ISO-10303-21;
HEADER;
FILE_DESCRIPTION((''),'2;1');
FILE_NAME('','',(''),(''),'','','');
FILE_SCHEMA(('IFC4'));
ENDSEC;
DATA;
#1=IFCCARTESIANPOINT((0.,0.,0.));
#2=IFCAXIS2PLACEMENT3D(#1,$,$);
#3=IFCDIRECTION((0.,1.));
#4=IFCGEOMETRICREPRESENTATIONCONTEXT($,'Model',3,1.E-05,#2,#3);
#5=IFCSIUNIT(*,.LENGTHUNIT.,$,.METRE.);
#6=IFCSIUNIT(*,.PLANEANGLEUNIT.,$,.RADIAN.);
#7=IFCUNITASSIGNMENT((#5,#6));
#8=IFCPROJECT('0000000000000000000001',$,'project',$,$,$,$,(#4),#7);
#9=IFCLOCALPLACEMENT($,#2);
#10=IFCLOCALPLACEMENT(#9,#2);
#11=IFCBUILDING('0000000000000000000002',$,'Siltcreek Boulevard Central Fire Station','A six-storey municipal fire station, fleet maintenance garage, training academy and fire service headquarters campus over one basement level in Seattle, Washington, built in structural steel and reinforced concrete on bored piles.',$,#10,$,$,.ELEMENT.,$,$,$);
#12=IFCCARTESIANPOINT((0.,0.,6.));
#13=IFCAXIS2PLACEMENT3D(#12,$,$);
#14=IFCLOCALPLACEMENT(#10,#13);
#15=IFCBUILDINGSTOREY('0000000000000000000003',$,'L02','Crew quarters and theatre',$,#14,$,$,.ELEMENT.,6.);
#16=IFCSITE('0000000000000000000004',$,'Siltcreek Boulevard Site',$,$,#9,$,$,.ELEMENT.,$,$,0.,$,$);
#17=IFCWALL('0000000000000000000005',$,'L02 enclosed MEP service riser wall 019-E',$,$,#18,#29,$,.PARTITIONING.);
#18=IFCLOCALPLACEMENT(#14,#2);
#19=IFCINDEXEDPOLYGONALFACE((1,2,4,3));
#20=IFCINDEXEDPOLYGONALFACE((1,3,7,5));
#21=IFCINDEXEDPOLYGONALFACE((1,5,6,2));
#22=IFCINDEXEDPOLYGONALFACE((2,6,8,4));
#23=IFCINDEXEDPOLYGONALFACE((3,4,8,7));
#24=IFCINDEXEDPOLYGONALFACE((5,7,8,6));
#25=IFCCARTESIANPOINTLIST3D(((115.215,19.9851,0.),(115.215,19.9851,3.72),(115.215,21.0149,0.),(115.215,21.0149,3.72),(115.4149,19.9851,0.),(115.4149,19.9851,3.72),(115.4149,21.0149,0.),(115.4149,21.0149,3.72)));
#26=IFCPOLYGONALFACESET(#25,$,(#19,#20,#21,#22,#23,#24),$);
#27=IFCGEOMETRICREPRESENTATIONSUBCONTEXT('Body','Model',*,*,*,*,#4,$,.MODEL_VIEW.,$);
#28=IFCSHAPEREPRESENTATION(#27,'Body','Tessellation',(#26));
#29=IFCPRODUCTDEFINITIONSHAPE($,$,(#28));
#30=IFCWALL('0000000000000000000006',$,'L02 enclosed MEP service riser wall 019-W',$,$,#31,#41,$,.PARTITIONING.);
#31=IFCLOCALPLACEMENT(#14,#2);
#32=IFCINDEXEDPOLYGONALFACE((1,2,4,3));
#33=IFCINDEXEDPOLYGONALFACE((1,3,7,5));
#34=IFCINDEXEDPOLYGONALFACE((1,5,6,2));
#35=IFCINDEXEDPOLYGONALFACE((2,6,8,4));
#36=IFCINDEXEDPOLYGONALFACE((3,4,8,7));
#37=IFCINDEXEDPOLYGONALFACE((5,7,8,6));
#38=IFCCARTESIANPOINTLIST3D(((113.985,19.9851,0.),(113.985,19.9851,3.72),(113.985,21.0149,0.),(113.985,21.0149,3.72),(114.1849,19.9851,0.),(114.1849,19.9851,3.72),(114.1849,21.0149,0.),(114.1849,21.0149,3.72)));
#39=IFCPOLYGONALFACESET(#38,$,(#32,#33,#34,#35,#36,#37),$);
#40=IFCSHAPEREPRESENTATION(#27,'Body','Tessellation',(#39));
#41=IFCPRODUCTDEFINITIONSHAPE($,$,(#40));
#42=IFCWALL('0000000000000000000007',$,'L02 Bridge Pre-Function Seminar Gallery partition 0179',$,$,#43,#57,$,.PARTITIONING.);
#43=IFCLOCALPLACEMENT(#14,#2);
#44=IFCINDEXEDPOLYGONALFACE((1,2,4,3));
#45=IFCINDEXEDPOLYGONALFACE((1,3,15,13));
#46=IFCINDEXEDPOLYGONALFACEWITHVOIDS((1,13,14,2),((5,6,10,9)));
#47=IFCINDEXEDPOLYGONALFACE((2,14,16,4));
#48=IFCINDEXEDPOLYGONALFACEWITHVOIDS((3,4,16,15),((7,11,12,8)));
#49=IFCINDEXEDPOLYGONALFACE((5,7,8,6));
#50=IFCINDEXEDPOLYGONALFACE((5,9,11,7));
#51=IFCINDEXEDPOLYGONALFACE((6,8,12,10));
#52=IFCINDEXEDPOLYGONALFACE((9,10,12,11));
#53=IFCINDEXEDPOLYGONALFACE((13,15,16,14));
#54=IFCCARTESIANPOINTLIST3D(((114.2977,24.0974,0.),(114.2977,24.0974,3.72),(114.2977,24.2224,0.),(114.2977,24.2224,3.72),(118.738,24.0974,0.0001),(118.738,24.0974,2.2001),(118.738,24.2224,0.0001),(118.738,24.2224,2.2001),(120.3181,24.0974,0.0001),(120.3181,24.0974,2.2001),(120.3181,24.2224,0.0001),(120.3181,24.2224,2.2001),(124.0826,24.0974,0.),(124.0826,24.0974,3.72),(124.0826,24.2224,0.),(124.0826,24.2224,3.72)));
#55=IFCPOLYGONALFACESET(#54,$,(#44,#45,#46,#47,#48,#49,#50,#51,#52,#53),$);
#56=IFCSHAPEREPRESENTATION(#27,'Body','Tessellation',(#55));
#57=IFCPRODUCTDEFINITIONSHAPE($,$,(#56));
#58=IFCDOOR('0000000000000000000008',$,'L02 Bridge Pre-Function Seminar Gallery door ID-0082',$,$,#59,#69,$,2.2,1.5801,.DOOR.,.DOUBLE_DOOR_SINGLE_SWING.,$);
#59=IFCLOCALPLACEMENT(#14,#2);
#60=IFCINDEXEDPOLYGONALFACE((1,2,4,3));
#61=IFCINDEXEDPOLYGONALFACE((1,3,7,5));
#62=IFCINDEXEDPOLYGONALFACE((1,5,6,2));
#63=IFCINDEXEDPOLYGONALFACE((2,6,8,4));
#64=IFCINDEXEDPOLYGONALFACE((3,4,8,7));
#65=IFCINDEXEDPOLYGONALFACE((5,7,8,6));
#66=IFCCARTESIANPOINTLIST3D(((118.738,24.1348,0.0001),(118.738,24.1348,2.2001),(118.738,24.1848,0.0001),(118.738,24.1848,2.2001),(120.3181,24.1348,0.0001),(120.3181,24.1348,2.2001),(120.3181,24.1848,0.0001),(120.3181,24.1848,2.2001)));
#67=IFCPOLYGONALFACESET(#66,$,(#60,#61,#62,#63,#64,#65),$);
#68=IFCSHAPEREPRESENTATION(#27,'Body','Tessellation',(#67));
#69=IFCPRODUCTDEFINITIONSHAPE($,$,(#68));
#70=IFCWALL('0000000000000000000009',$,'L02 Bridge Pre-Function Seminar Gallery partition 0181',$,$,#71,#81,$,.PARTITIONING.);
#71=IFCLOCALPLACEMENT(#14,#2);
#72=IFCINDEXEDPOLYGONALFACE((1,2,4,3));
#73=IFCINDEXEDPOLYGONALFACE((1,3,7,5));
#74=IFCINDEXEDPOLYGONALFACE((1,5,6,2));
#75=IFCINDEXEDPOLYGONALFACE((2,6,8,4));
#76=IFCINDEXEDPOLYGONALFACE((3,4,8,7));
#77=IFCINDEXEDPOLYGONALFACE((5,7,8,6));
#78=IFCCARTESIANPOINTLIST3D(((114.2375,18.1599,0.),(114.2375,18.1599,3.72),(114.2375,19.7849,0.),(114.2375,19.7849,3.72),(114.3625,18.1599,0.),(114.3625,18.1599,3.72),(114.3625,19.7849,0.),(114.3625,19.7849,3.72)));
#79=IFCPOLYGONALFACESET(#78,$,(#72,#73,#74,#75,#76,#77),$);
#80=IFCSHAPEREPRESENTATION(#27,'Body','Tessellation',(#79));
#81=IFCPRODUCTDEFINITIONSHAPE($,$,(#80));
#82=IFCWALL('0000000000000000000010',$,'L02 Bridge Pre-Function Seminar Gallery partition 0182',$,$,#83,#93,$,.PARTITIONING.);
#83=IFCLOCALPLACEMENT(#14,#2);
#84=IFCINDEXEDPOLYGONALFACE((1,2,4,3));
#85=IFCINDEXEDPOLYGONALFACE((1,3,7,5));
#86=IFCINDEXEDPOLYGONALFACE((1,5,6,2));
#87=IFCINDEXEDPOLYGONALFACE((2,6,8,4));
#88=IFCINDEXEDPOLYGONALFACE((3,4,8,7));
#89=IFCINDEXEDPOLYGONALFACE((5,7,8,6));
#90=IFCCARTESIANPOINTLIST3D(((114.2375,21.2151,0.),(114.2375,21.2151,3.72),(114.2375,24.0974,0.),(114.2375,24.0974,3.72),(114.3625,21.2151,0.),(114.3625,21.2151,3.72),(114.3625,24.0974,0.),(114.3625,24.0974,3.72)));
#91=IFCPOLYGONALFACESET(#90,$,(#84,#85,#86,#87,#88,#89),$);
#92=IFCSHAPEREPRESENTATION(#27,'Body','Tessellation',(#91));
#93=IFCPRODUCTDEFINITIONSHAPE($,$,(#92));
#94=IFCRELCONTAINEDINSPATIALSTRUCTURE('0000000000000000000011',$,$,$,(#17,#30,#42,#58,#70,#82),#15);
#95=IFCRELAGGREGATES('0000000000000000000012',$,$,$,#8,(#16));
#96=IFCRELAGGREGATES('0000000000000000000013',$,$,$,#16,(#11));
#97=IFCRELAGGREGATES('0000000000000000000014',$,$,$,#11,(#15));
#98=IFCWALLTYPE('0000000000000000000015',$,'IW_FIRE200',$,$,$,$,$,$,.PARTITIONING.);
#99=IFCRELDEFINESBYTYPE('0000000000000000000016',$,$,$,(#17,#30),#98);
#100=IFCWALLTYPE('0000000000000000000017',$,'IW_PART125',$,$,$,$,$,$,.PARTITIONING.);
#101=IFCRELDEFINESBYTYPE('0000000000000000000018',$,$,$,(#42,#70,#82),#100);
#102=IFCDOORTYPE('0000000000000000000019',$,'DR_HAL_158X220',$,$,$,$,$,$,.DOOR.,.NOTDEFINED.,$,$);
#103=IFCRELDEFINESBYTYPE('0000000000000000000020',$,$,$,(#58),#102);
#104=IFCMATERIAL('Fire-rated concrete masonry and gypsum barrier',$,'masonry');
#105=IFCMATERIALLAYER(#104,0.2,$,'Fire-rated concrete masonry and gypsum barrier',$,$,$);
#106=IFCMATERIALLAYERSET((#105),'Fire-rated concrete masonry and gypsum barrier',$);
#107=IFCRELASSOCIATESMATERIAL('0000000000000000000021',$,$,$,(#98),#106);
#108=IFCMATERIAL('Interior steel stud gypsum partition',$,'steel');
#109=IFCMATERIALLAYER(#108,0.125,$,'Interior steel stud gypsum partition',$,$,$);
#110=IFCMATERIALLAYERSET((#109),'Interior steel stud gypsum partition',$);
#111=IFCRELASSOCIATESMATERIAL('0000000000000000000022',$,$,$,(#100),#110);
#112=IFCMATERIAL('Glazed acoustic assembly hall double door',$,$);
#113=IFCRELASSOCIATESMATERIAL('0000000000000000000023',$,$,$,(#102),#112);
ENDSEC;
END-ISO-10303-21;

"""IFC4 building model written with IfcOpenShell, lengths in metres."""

from ifc_helpers import new_model, si_unit, direction, frame, frame_2d, origin, place, context, subcontext, project, spatial, rectangle, extrude, material, layer, layer_set, type_object, element, fill, save


model = new_model("IFC4")

# Units and contexts
model_context = context("Model", 3, precision=1e-05, world=origin(), true_north=direction((0.0, 1.0)))
body_context = subcontext(model_context, "Body", "Model", "MODEL_VIEW")
ifc_project = project(units=[si_unit("LENGTHUNIT", "METRE"), si_unit("PLANEANGLEUNIT", "RADIAN")], contexts=[model_context])

# Site, building, storey
site_placement = place(None, origin())
site = spatial("IfcSite", under=ifc_project, at=site_placement, Name="Siltcreek Boulevard Site", CompositionType="ELEMENT", RefElevation=0.0)
building_placement = place(site_placement, origin())
building = spatial("IfcBuilding", under=site, at=building_placement, Name="Siltcreek Boulevard Central Fire Station", Description="A six-storey municipal fire station, fleet maintenance garage, training academy and fire service headquarters campus over one basement level in Seattle, Washington, built in structural steel and reinforced concrete on bored piles.", CompositionType="ELEMENT")
storey_placement = place(building_placement, frame((0.0, 0.0, 6.0)))
storey = spatial("IfcBuildingStorey", under=building, at=storey_placement, Name="L02", Description="Crew quarters and theatre", CompositionType="ELEMENT", Elevation=6.0)

# Walls
ifc_material_1 = material(Name="Fire-rated concrete masonry and gypsum barrier", Category="masonry")
ifc_layer_1 = layer(ifc_material_1, 0.2, Name="Fire-rated concrete masonry and gypsum barrier")
ifc_layer_set_1 = layer_set([ifc_layer_1], Name="Fire-rated concrete masonry and gypsum barrier")
wall_type_1 = type_object("IfcWallType", Name="IW_FIRE200", PredefinedType="PARTITIONING", material=ifc_layer_set_1)
for number, where, z_axis, x_axis, name in (
    (1, (115.3149, 19.9851, 0.0), (0.0, 0.0, 1.0), (0.0, 1.0, 0.0), "L02 enclosed MEP service riser wall 019-E"),
    (2, (114.085, 21.0149, 0.0), (0.0, 0.0, 1.0), (0.0, -1.0, 0.0), "L02 enclosed MEP service riser wall 019-W"),
):
    element("IfcWall", number, at=place(storey_placement, frame(where, z_axis=z_axis, x_axis=x_axis)), inside=storey, type_object=wall_type_1, Name=name, PredefinedType="PARTITIONING", context=body_context, shape_type="SweptSolid", body=[
        extrude(rectangle(XDim=1.0298, YDim=0.2, at=frame_2d((0.5149, 0.0))), origin(), (0.0, 0.0, 1.0), 3.72),
    ])

# Wall, opening, door
ifc_material_2 = material(Name="Interior steel stud gypsum partition", Category="steel")
ifc_layer_2 = layer(ifc_material_2, 0.125, Name="Interior steel stud gypsum partition")
ifc_layer_set_2 = layer_set([ifc_layer_2], Name="Interior steel stud gypsum partition")
wall_type_2 = type_object("IfcWallType", Name="IW_PART125", PredefinedType="PARTITIONING", material=ifc_layer_set_2)
wall_1_placement = place(storey_placement, frame((114.2976, 24.1599, 0.0), z_axis=(0.0, 0.0, 1.0), x_axis=(1.0, 0.0, 0.0)))
wall_1 = element("IfcWall", 3, at=wall_1_placement, inside=storey, type_object=wall_type_2, Name="L02 Bridge Pre-Function Seminar Gallery partition 0179", PredefinedType="PARTITIONING", context=body_context, shape_type="SweptSolid", body=[
    extrude(rectangle(XDim=9.7849, YDim=0.125, at=frame_2d((4.8926, 0.0))), origin(), (0.0, 0.0, 1.0), 3.72),
])
opening_1_placement = place(wall_1_placement, frame((4.4404, 0.0, 0.0)))
opening_1 = element("IfcOpeningElement", 4, at=opening_1_placement, cuts=wall_1, PredefinedType="OPENING", context=body_context, shape_type="SweptSolid", body=[
    extrude(rectangle(XDim=1.5801, YDim=2.2, at=frame_2d((0.79, 1.1001))), frame((0.0, 0.0725, 0.0), z_axis=(0.0, -1.0, 0.0), x_axis=(1.0, 0.0, 0.0)), (0.0, 0.0, 1.0), 0.145),
])
ifc_material_3 = material(Name="Glazed acoustic assembly hall double door")
door_type = type_object("IfcDoorType", Name="DR_HAL_158X220", OperationType="NOTDEFINED", PredefinedType="DOOR", material=ifc_material_3)
door_placement = place(opening_1_placement, origin())
door = element("IfcDoor", 5, at=door_placement, inside=storey, type_object=door_type, Name="L02 Bridge Pre-Function Seminar Gallery door ID-0082", OperationType="DOUBLE_DOOR_SINGLE_SWING", OverallHeight=2.2, OverallWidth=1.5801, PredefinedType="DOOR", context=body_context, shape_type="SweptSolid", body=[
    extrude(rectangle(XDim=1.5801, YDim=2.2, at=frame_2d((0.79, 1.1001))), frame((0.0, 0.0249, 0.0), z_axis=(0.0, -1.0, 0.0), x_axis=(1.0, 0.0, 0.0)), (0.0, 0.0, 1.0), 0.05),
])
fill(opening_1, door)

# Walls
wall_2_placement = place(storey_placement, frame((114.3, 18.1599, 0.0), z_axis=(0.0, 0.0, 1.0), x_axis=(0.0, 1.0, 0.0)))
element("IfcWall", 6, at=wall_2_placement, inside=storey, type_object=wall_type_2, Name="L02 Bridge Pre-Function Seminar Gallery partition 0181", PredefinedType="PARTITIONING", context=body_context, shape_type="SweptSolid", body=[
    extrude(rectangle(XDim=1.625, YDim=0.125, at=frame_2d((0.8125, 0.0))), origin(), (0.0, 0.0, 1.0), 3.72),
])
wall_3_placement = place(storey_placement, frame((114.3, 21.2151, 0.0), z_axis=(0.0, 0.0, 1.0), x_axis=(0.0, 1.0, 0.0)))
element("IfcWall", 7, at=wall_3_placement, inside=storey, type_object=wall_type_2, Name="L02 Bridge Pre-Function Seminar Gallery partition 0182", PredefinedType="PARTITIONING", context=body_context, shape_type="SweptSolid", body=[
    extrude(rectangle(XDim=2.8823, YDim=0.125, at=frame_2d((1.4412, 0.0))), origin(), (0.0, 0.0, 1.0), 3.72),
])

save(model, "model.ifc")
